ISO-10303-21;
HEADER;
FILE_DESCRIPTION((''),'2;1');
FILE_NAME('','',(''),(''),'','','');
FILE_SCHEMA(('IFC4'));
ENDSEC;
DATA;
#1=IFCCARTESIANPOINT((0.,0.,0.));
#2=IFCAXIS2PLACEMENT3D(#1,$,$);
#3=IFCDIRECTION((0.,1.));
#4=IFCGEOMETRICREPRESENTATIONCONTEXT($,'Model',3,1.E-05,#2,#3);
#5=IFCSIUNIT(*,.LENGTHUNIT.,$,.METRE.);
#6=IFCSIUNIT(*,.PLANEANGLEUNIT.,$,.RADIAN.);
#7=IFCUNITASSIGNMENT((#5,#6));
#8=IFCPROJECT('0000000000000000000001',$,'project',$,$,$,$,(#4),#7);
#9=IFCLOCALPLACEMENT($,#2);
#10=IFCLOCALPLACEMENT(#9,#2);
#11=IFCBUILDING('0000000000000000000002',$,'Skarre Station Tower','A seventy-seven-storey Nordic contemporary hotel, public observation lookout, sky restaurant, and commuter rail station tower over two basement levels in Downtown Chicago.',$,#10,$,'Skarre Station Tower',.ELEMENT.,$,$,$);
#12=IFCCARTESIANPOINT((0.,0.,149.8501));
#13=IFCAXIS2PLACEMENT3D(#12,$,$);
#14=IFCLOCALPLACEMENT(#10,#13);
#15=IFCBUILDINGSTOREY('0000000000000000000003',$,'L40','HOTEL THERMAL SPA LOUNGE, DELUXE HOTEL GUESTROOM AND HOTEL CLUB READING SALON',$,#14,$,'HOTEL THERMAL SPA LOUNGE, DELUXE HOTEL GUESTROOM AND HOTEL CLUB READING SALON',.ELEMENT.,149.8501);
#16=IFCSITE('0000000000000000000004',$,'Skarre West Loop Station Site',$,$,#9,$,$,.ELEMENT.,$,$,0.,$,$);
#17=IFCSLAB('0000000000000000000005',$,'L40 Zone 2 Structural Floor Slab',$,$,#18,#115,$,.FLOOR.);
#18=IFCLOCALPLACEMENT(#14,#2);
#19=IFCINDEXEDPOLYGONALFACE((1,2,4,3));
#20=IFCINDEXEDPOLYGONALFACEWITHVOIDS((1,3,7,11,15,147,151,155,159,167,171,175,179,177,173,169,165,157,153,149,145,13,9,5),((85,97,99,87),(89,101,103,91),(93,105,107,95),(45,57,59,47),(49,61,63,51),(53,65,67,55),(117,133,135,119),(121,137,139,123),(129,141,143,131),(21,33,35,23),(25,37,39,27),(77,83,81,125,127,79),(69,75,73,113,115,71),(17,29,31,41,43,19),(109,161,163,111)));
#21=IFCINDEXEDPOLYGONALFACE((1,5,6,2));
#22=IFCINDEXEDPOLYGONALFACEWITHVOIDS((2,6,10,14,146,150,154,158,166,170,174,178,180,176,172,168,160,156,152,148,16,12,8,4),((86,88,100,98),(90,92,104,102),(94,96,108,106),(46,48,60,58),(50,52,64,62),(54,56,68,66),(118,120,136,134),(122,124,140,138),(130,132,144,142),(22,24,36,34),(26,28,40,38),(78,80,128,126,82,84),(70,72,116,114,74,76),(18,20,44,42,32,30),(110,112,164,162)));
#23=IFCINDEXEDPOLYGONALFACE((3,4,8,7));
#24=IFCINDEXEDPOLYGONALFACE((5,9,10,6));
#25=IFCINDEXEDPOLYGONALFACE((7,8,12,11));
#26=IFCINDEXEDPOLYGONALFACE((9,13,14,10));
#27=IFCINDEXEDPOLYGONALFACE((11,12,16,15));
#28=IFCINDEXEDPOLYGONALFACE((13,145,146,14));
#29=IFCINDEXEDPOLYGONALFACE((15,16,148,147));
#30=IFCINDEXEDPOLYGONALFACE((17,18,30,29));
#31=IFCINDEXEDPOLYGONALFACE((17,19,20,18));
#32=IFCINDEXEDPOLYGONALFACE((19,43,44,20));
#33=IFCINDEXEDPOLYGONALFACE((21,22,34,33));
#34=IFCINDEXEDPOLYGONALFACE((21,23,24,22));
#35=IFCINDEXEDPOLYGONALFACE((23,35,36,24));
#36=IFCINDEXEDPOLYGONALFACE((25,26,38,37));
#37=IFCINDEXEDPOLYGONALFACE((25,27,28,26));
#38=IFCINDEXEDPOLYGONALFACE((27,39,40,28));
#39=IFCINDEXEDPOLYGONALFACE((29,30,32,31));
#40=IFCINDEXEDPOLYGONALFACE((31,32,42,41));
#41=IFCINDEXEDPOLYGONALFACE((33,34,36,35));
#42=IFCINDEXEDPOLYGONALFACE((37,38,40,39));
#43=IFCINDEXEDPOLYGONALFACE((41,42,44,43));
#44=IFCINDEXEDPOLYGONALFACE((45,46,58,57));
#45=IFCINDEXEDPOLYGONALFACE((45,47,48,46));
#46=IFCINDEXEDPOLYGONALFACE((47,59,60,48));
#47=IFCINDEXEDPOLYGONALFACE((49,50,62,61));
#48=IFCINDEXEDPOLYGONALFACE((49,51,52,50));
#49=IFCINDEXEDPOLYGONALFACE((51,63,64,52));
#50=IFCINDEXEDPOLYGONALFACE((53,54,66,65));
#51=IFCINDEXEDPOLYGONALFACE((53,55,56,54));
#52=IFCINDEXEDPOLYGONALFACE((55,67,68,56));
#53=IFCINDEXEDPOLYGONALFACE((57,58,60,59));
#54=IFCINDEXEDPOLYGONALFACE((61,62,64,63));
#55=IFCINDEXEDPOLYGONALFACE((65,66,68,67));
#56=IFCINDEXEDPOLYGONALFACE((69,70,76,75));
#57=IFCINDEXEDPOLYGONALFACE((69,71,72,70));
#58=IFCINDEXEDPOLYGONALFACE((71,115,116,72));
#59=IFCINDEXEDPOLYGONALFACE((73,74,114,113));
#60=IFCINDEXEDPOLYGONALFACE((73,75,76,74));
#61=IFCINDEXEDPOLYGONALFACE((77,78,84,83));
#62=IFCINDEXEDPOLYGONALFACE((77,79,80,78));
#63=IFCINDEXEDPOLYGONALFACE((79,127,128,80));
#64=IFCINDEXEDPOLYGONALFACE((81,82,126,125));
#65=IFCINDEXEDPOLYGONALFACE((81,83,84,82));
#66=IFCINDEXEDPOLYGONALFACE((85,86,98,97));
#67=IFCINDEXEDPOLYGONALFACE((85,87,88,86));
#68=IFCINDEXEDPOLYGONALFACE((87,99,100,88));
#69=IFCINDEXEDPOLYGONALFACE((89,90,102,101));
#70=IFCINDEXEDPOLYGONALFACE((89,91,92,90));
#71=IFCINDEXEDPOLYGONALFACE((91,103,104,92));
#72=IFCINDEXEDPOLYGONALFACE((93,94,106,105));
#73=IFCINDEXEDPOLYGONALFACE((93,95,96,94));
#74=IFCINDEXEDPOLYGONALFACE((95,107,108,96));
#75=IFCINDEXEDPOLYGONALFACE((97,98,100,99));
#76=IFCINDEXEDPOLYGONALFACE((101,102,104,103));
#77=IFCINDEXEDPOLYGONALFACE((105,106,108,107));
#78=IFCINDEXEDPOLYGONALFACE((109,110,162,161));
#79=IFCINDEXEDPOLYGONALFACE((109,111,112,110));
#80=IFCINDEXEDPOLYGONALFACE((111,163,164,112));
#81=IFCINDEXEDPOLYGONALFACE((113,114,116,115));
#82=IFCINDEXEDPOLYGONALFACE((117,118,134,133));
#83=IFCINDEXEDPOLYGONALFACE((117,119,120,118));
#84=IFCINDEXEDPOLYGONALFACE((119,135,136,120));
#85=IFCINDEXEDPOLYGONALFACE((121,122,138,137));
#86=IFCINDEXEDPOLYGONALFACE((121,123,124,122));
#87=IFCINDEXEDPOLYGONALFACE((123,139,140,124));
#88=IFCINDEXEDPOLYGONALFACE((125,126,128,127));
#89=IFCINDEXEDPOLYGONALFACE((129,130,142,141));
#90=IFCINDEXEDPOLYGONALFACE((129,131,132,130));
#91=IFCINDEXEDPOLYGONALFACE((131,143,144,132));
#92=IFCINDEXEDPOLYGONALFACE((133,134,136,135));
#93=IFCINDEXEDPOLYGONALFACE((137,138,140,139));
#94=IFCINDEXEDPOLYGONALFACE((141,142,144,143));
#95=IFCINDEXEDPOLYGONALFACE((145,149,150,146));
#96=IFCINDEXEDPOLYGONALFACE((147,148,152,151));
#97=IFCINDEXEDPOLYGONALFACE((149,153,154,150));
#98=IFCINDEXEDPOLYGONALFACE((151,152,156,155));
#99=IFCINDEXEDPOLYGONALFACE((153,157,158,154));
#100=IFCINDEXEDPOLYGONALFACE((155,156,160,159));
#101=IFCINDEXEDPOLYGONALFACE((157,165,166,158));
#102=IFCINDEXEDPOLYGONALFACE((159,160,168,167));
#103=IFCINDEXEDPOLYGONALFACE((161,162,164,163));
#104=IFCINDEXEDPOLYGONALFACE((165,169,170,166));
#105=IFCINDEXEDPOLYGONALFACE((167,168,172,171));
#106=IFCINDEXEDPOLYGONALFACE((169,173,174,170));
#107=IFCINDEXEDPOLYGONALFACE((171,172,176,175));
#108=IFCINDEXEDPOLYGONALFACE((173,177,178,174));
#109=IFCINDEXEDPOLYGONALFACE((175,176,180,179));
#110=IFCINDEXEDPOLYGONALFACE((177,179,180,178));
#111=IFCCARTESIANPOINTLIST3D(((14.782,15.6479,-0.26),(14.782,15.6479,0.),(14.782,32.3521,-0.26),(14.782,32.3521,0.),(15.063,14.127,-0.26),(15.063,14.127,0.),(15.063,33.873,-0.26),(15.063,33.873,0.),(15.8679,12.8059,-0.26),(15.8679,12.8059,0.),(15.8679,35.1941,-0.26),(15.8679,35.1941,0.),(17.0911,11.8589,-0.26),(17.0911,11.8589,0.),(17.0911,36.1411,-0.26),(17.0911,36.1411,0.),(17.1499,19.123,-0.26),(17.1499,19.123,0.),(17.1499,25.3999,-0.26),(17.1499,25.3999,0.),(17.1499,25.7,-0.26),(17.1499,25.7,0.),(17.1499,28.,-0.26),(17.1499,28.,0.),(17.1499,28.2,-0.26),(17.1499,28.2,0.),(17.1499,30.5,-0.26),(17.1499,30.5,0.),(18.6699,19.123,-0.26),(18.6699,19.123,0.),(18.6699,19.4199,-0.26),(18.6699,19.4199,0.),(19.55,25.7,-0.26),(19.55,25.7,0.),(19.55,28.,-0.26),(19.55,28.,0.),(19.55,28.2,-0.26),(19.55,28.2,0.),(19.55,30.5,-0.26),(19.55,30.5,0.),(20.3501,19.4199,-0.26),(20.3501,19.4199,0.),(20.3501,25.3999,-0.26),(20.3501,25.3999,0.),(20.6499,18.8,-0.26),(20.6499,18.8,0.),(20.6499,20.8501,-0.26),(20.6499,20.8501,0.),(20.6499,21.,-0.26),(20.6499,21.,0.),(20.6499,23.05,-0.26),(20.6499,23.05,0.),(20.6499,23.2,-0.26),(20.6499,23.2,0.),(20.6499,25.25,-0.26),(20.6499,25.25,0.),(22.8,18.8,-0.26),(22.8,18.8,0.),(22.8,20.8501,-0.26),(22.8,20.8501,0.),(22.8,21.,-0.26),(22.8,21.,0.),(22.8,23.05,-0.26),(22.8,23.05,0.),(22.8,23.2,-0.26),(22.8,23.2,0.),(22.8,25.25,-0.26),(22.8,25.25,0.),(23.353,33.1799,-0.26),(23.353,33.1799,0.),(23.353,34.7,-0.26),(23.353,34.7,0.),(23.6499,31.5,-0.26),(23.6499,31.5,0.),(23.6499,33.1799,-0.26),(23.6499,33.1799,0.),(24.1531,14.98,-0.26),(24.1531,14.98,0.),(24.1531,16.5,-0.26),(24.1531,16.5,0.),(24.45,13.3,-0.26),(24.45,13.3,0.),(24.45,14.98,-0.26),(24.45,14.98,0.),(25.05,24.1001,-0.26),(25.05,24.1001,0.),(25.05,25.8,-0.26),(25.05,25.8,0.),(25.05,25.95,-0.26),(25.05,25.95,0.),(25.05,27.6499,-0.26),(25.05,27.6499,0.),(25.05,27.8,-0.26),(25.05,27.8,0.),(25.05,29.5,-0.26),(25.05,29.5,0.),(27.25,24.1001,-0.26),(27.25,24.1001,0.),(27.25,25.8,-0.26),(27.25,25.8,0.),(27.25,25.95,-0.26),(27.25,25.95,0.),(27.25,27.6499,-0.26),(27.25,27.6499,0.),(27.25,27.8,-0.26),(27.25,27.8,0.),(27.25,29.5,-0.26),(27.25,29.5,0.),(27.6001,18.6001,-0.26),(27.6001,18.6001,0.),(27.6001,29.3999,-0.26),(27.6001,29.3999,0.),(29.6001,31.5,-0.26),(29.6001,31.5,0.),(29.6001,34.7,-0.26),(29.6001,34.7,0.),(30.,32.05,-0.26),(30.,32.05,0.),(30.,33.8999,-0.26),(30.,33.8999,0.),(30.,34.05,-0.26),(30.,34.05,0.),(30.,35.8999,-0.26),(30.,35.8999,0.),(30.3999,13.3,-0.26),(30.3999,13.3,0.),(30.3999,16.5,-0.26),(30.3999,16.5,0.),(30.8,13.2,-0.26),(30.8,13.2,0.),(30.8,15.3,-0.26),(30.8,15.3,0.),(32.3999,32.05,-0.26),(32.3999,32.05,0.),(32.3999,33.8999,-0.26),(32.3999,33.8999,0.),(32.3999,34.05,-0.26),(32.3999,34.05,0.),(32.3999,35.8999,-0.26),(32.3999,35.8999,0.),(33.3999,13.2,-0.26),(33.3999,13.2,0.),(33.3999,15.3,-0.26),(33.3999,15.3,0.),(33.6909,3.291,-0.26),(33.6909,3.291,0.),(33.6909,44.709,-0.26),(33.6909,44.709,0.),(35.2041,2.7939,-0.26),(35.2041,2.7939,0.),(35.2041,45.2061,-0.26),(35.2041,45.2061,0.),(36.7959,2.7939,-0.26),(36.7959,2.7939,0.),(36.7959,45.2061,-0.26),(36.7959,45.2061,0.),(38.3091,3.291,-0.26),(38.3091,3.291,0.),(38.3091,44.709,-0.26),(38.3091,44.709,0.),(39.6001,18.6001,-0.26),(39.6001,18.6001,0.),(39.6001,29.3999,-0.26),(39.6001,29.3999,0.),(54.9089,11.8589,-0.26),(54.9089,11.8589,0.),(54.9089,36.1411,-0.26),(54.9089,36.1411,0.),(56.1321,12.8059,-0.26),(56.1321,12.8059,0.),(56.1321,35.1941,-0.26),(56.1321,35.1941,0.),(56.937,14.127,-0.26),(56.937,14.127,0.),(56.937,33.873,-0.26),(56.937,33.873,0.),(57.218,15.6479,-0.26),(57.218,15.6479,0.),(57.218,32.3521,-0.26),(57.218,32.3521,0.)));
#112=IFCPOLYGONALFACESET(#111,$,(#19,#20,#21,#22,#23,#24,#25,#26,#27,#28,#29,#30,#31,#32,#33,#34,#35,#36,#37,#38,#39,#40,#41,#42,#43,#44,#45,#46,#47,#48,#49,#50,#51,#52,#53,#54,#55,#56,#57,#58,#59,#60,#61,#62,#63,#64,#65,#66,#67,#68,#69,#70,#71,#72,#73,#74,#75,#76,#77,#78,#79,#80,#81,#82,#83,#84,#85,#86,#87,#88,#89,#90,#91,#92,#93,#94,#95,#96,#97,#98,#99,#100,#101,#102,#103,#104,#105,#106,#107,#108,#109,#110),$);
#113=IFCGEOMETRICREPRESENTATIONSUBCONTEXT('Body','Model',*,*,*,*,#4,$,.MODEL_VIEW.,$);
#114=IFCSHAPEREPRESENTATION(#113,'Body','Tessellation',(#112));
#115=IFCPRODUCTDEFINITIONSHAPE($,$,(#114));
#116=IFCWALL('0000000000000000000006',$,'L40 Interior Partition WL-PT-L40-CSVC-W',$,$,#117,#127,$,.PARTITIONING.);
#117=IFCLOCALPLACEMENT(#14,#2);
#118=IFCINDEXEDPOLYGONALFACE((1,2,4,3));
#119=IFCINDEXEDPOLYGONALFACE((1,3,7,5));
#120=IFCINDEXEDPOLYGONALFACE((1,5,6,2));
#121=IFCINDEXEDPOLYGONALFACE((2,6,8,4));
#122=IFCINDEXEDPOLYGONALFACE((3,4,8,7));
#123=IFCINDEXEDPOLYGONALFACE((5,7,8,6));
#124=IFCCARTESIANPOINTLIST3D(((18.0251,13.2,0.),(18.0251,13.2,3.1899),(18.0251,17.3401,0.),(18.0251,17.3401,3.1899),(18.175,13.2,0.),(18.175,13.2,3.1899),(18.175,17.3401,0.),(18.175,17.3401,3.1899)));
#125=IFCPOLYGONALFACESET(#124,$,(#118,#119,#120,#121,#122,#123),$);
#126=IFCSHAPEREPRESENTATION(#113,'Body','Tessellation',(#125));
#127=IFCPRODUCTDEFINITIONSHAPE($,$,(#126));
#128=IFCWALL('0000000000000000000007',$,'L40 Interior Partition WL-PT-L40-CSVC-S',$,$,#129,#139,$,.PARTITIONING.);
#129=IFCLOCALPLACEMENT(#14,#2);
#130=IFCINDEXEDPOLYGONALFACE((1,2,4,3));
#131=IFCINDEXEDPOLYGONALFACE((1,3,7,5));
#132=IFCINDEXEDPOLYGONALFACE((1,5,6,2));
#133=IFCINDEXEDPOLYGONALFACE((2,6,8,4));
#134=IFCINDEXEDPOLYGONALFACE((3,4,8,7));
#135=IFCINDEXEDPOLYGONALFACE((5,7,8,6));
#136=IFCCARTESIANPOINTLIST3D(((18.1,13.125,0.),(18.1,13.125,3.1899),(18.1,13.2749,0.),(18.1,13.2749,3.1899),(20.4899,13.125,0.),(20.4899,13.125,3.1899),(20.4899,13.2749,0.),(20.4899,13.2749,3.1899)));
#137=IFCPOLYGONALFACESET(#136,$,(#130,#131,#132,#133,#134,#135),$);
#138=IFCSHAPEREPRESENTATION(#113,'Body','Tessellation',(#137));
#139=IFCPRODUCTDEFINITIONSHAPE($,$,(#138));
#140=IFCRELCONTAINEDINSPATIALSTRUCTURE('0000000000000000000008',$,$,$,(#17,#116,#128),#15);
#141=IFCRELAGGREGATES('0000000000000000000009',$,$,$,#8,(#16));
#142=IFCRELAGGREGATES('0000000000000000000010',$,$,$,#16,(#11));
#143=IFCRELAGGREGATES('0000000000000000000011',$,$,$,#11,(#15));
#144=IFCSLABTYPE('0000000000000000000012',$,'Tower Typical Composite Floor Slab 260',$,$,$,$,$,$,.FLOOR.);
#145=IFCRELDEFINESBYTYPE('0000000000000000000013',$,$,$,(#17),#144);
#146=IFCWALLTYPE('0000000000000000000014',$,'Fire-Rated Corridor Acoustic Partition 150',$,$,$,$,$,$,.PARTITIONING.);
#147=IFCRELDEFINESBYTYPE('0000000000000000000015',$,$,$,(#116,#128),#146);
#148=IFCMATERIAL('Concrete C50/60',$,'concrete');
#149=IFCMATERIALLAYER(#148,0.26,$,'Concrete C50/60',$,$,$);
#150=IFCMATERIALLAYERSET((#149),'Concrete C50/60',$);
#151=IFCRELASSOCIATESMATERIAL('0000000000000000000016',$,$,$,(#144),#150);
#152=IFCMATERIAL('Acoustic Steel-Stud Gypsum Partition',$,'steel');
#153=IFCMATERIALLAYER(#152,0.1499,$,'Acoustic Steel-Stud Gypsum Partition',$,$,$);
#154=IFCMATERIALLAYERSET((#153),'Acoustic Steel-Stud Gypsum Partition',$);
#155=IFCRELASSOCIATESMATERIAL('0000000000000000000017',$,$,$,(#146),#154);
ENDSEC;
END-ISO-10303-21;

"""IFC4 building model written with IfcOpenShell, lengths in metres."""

from ifc_helpers import new_model, si_unit, direction, frame, frame_2d, origin, place, context, subcontext, project, spatial, polyline, rectangle, outline, extrude, material, layer, layer_set, type_object, element, save


model = new_model("IFC4")

# Units and contexts
model_context = context("Model", 3, precision=1e-05, world=origin(), true_north=direction((0.0, 1.0)))
body_context = subcontext(model_context, "Body", "Model", "MODEL_VIEW")
ifc_project = project(units=[si_unit("LENGTHUNIT", "METRE"), si_unit("PLANEANGLEUNIT", "RADIAN")], contexts=[model_context])

# Site, building, storey
site_placement = place(None, origin())
site = spatial("IfcSite", under=ifc_project, at=site_placement, Name="Skarre West Loop Station Site", CompositionType="ELEMENT", RefElevation=0.0)
building_placement = place(site_placement, origin())
building = spatial("IfcBuilding", under=site, at=building_placement, Name="Skarre Station Tower", Description="A seventy-seven-storey Nordic contemporary hotel, public observation lookout, sky restaurant, and commuter rail station tower over two basement levels in Downtown Chicago.", LongName="Skarre Station Tower", CompositionType="ELEMENT")
storey_placement = place(building_placement, frame((0.0, 0.0, 149.8501)))
storey = spatial("IfcBuildingStorey", under=building, at=storey_placement, Name="L40", Description="HOTEL THERMAL SPA LOUNGE, DELUXE HOTEL GUESTROOM AND HOTEL CLUB READING SALON", LongName="HOTEL THERMAL SPA LOUNGE, DELUXE HOTEL GUESTROOM AND HOTEL CLUB READING SALON", CompositionType="ELEMENT", Elevation=149.8501)

# Shared definitions
ifc_material_1 = material(Name="Concrete C50/60", Category="concrete")

# Slab
ifc_layer_1 = layer(ifc_material_1, 0.26, Name="Concrete C50/60")
ifc_layer_set_1 = layer_set([ifc_layer_1], Name="Concrete C50/60")
slab_type_1 = type_object("IfcSlabType", Name="Tower Typical Composite Floor Slab 260", PredefinedType="FLOOR", material=ifc_layer_set_1)
slab_1_placement = place(storey_placement, frame((0.0, 0.0, -0.26)))
element("IfcSlab", 1, at=slab_1_placement, inside=storey, type_object=slab_type_1, Name="L40 Zone 2 Structural Floor Slab", PredefinedType="FLOOR", context=body_context, shape_type="SweptSolid", body=[
    extrude(outline(polyline([(57.218, 32.3521), (56.937, 33.873), (56.1321, 35.1941), (54.9089, 36.1411), (38.3091, 44.709), (36.7959, 45.2061), (35.2041, 45.2061), (33.6909, 44.709), (17.0911, 36.1411), (15.8679, 35.1941), (15.063, 33.873), (14.782, 32.3521), (14.782, 15.6479), (15.063, 14.127), (15.8679, 12.8059), (17.0911, 11.8589), (33.6909, 3.291), (35.2041, 2.7939), (36.7959, 2.7939), (38.3091, 3.291), (54.9089, 11.8589), (56.1321, 12.8059), (56.937, 14.127), (57.218, 15.6479), (57.218, 32.3521)]), holes=[polyline([(18.6699, 19.4199), (18.6699, 19.123), (17.1499, 19.123), (17.1499, 25.3999), (20.3501, 25.3999), (20.3501, 19.4199), (18.6699, 19.4199)]), polyline([(24.45, 14.98), (24.1531, 14.98), (24.1531, 16.5), (30.3999, 16.5), (30.3999, 13.3), (24.45, 13.3), (24.45, 14.98)]), polyline([(23.6499, 33.1799), (23.353, 33.1799), (23.353, 34.7), (29.6001, 34.7), (29.6001, 31.5), (23.6499, 31.5), (23.6499, 33.1799)]), polyline([(17.1499, 28.0), (19.55, 28.0), (19.55, 25.7), (17.1499, 25.7), (17.1499, 28.0)]), polyline([(17.1499, 30.5), (19.55, 30.5), (19.55, 28.2), (17.1499, 28.2), (17.1499, 30.5)]), polyline([(30.8, 15.3), (33.3999, 15.3), (33.3999, 13.2), (30.8, 13.2), (30.8, 15.3)]), polyline([(25.05, 25.8), (27.25, 25.8), (27.25, 24.1001), (25.05, 24.1001), (25.05, 25.8)]), polyline([(25.05, 27.6499), (27.25, 27.6499), (27.25, 25.95), (25.05, 25.95), (25.05, 27.6499)]), polyline([(25.05, 29.5), (27.25, 29.5), (27.25, 27.8), (25.05, 27.8), (25.05, 29.5)]), polyline([(20.6499, 20.8501), (22.8, 20.8501), (22.8, 18.8), (20.6499, 18.8), (20.6499, 20.8501)]), polyline([(20.6499, 23.05), (22.8, 23.05), (22.8, 21.0), (20.6499, 21.0), (20.6499, 23.05)]), polyline([(20.6499, 25.25), (22.8, 25.25), (22.8, 23.2), (20.6499, 23.2), (20.6499, 25.25)]), polyline([(30.0, 33.8999), (32.3999, 33.8999), (32.3999, 32.05), (30.0, 32.05), (30.0, 33.8999)]), polyline([(30.0, 35.8999), (32.3999, 35.8999), (32.3999, 34.05), (30.0, 34.05), (30.0, 35.8999)]), polyline([(27.6001, 29.3999), (39.6001, 29.3999), (39.6001, 18.6001), (27.6001, 18.6001), (27.6001, 29.3999)])]), origin(), (0.0, 0.0, 1.0), 0.26),
])

# Walls
ifc_material_2 = material(Name="Acoustic Steel-Stud Gypsum Partition", Category="steel")
ifc_layer_2 = layer(ifc_material_2, 0.1499, Name="Acoustic Steel-Stud Gypsum Partition")
ifc_layer_set_2 = layer_set([ifc_layer_2], Name="Acoustic Steel-Stud Gypsum Partition")
wall_type_1 = type_object("IfcWallType", Name="Fire-Rated Corridor Acoustic Partition 150", PredefinedType="PARTITIONING", material=ifc_layer_set_2)
wall_1_placement = place(storey_placement, frame((18.1001, 17.3401, 0.0), z_axis=(0.0, 0.0, 1.0), x_axis=(0.0, -1.0, 0.0)))
element("IfcWall", 2, at=wall_1_placement, inside=storey, type_object=wall_type_1, Name="L40 Interior Partition WL-PT-L40-CSVC-W", PredefinedType="PARTITIONING", context=body_context, shape_type="SweptSolid", body=[
    extrude(rectangle(XDim=4.1401, YDim=0.1499, at=frame_2d((2.0701, 0.0))), origin(), (0.0, 0.0, 1.0), 3.1899),
])
wall_2_placement = place(storey_placement, frame((18.1001, 13.2, 0.0), z_axis=(0.0, 0.0, 1.0), x_axis=(1.0, 0.0, 0.0)))
element("IfcWall", 3, at=wall_2_placement, inside=storey, type_object=wall_type_1, Name="L40 Interior Partition WL-PT-L40-CSVC-S", PredefinedType="PARTITIONING", context=body_context, shape_type="SweptSolid", body=[
    extrude(rectangle(XDim=2.3899, YDim=0.1499, at=frame_2d((1.1948, 0.0))), origin(), (0.0, 0.0, 1.0), 3.1899),
])

save(model, "model.ifc")
